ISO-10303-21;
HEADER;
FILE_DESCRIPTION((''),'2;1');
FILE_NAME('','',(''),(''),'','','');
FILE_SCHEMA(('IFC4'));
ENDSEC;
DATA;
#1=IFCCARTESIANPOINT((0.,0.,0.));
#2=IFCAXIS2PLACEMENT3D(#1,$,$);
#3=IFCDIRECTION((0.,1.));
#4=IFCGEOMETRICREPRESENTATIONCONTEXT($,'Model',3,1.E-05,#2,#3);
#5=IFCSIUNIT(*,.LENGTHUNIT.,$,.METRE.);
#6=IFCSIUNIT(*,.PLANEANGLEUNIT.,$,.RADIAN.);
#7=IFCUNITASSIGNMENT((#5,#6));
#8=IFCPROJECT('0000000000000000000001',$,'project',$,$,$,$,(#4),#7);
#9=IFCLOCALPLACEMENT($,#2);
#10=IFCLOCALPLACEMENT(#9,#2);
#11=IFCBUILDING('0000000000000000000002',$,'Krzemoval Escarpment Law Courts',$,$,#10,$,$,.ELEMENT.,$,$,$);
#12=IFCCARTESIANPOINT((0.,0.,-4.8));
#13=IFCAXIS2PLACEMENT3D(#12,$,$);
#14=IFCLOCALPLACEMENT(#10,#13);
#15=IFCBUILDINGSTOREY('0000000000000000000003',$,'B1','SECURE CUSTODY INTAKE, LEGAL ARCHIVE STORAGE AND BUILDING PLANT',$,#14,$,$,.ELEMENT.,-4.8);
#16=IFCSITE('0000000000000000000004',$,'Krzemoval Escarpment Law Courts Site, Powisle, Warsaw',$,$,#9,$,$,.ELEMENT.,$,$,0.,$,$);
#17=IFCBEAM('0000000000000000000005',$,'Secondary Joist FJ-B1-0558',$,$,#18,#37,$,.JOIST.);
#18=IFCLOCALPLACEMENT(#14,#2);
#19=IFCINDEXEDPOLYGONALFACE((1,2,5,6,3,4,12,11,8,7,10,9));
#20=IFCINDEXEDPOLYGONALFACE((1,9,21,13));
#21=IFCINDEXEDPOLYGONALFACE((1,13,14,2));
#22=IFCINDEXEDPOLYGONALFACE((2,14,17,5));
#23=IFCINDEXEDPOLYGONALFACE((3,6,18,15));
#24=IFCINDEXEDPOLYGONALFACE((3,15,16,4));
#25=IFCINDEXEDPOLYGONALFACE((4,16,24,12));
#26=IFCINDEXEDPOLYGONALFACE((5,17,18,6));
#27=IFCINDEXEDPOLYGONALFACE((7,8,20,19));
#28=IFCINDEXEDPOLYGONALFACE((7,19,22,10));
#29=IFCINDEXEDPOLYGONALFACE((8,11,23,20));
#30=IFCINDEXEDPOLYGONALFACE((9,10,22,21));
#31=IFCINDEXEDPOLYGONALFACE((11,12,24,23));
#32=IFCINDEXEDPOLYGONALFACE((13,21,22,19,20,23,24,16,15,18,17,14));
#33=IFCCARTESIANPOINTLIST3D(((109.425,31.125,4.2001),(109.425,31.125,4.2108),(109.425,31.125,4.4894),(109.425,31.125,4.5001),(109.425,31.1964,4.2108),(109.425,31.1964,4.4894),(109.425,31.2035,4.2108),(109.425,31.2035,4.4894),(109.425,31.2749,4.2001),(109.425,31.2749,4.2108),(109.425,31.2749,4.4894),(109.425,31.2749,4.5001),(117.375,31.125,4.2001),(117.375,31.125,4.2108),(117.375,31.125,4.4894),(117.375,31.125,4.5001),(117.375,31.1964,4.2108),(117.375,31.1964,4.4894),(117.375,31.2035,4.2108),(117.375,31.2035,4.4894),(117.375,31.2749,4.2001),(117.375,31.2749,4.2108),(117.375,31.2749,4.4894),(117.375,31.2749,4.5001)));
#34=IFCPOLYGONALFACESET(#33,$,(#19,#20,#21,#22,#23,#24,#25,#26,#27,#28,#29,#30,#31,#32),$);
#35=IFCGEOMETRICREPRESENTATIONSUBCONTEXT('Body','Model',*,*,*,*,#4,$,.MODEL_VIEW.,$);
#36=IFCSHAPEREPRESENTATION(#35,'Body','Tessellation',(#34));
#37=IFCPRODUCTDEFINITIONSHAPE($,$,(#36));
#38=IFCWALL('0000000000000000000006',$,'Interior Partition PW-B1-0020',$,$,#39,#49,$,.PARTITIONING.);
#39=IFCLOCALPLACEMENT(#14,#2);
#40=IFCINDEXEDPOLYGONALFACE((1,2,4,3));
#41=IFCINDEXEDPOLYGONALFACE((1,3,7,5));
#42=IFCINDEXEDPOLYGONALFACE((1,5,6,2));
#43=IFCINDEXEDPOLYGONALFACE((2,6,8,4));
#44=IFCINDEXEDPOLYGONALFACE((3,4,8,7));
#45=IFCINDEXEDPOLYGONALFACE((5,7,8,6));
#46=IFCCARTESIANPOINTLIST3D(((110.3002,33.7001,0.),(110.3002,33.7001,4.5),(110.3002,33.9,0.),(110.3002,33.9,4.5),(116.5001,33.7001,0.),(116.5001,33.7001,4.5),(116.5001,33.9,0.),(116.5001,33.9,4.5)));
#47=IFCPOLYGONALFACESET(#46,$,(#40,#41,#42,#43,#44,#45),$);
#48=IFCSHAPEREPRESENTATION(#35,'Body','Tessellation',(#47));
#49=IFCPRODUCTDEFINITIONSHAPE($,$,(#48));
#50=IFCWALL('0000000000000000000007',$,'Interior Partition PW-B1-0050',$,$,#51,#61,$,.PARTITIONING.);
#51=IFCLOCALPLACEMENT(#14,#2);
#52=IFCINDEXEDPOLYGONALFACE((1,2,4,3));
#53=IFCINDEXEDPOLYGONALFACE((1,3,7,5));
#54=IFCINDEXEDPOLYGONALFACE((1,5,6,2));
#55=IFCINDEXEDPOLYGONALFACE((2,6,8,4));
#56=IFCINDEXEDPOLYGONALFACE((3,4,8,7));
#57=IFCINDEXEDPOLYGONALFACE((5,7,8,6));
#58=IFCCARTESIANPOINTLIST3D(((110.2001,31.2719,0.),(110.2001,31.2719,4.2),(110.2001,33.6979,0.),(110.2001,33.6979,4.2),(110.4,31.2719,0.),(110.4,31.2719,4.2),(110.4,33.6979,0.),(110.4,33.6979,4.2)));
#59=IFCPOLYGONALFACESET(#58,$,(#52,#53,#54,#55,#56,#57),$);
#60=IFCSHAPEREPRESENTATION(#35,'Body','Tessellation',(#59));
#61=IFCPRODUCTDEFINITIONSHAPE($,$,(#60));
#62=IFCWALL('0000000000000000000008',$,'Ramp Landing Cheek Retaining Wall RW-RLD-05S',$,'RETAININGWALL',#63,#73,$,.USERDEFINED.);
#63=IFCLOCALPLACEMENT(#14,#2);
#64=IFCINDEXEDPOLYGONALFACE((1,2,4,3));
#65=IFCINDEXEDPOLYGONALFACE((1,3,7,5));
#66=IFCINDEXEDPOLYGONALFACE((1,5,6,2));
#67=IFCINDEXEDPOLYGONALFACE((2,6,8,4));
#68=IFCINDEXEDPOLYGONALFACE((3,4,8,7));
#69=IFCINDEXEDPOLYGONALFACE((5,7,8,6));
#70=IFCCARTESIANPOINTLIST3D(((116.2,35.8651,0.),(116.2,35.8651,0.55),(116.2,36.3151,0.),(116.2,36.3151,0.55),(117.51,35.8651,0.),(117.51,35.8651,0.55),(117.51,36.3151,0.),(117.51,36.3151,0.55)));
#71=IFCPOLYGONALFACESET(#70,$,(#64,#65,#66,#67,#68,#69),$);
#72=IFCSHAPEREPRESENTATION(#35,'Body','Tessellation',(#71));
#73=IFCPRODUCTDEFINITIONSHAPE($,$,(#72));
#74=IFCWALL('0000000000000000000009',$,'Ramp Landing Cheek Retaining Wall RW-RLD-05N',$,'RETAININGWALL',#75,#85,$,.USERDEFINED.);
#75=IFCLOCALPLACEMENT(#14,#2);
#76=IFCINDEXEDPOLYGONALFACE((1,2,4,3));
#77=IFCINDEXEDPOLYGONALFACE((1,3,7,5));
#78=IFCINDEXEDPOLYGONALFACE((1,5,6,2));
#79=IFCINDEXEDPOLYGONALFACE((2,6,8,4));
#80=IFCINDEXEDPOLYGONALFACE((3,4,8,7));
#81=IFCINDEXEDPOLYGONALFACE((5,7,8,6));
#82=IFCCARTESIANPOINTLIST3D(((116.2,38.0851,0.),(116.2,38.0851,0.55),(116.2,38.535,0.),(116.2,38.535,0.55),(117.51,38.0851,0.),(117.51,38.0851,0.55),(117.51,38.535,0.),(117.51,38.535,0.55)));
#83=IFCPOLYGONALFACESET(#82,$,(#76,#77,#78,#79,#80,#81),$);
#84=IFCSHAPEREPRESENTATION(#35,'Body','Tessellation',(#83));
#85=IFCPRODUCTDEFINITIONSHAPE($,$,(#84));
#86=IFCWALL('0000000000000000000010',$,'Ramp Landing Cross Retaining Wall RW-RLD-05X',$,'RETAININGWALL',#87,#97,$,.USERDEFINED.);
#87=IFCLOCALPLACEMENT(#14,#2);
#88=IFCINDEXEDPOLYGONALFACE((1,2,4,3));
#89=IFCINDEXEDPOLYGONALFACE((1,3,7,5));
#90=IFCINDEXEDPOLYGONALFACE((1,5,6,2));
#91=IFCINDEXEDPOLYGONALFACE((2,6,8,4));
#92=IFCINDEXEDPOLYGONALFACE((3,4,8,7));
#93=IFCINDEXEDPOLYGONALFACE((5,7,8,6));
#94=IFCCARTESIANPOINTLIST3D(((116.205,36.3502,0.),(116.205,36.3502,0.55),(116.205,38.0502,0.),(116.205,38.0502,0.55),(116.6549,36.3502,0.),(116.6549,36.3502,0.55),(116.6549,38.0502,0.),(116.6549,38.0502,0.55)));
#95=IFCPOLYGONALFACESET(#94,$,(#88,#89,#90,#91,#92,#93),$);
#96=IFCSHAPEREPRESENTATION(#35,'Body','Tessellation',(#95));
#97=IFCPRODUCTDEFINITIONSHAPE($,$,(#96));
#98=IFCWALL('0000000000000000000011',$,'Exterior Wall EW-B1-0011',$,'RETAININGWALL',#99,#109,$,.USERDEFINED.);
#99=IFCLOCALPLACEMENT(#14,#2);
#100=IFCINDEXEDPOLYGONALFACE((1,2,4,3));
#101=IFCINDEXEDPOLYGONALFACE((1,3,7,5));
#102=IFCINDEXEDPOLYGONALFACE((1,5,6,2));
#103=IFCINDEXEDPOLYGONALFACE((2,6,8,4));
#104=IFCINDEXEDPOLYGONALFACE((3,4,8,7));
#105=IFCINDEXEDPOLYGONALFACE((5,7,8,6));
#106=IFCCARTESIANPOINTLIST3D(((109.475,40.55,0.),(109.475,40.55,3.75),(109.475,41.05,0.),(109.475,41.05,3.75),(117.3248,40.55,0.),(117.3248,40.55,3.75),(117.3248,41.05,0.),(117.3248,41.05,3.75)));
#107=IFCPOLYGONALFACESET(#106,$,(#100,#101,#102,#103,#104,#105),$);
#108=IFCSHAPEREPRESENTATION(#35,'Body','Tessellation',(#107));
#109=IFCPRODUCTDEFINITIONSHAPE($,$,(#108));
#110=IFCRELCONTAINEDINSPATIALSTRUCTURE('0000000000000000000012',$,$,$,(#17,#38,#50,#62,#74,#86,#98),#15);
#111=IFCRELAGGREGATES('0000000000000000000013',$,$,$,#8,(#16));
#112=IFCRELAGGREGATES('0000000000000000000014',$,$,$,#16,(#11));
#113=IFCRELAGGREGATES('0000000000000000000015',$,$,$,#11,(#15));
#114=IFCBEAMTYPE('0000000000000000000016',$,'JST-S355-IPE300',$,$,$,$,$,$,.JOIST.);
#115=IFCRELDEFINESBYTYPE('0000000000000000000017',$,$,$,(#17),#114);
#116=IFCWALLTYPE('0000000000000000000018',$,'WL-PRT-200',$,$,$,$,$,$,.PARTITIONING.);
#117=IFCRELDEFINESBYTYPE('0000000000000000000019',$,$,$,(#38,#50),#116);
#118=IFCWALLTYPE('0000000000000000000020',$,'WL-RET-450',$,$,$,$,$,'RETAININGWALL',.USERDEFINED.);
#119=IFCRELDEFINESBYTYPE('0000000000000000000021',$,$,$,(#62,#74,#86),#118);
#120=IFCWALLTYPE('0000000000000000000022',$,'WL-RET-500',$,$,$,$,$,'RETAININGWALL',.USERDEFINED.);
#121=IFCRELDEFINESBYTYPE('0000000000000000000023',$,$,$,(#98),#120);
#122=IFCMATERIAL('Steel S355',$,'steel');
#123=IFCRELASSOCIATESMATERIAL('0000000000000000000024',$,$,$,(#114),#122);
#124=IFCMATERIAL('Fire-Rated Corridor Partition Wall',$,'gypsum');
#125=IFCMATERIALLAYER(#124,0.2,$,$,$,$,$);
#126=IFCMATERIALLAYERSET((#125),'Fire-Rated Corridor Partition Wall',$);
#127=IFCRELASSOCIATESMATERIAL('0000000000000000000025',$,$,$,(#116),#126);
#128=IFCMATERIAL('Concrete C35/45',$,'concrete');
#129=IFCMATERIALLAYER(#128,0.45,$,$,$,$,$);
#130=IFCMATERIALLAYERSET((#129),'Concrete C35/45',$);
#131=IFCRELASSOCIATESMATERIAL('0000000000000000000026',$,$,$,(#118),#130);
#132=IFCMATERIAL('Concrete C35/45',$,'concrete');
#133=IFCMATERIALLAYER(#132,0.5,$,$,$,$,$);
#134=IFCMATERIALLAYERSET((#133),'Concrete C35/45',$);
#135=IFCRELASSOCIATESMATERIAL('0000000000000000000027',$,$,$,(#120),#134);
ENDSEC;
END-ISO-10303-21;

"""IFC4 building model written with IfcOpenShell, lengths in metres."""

from ifc_helpers import new_model, si_unit, direction, frame, frame_2d, origin, origin_2d, place, context, subcontext, project, spatial, rectangle, i_section, extrude, material, layer, layer_set, material_profile, profile_set, type_object, element, save


model = new_model("IFC4")

# Units and contexts
model_context = context("Model", 3, precision=1e-05, world=origin(), true_north=direction((0.0, 1.0)))
body_context = subcontext(model_context, "Body", "Model", "MODEL_VIEW")
ifc_project = project(units=[si_unit("LENGTHUNIT", "METRE"), si_unit("PLANEANGLEUNIT", "RADIAN")], contexts=[model_context])

# Site, building, storey
site_placement = place(None, origin())
site = spatial("IfcSite", under=ifc_project, at=site_placement, Name="Krzemoval Escarpment Law Courts Site, Powisle, Warsaw", CompositionType="ELEMENT", RefElevation=0.0)
building_placement = place(site_placement, origin())
building = spatial("IfcBuilding", under=site, at=building_placement, Name="Krzemoval Escarpment Law Courts", CompositionType="ELEMENT")
storey_placement = place(building_placement, frame((0.0, 0.0, -4.8)))
storey = spatial("IfcBuildingStorey", under=building, at=storey_placement, Name="B1", Description="SECURE CUSTODY INTAKE, LEGAL ARCHIVE STORAGE AND BUILDING PLANT", CompositionType="ELEMENT", Elevation=-4.8)

# Beam
ifc_material_1 = material(Name="Steel S355", Category="steel")
ifc_material_profile_1 = material_profile(ifc_material_1, i_section(OverallWidth=0.1499, OverallDepth=0.3, WebThickness=0.0071, FlangeThickness=0.0107, at=origin_2d()), Name="IPE 300")
ifc_profile_set_1 = profile_set([ifc_material_profile_1], Name="Steel S355")
beam_type_1 = type_object("IfcBeamType", Name="JST-S355-IPE300", PredefinedType="JOIST", material=ifc_profile_set_1)
beam_1_placement = place(storey_placement, frame((109.425, 31.2, 4.3501), z_axis=(1.0, 0.0, 0.0), x_axis=(0.0, 1.0, 0.0)))
element("IfcBeam", 1, at=beam_1_placement, inside=storey, type_object=beam_type_1, Name="Secondary Joist FJ-B1-0558", PredefinedType="JOIST", context=body_context, shape_type="SweptSolid", body=[
    extrude(i_section(OverallWidth=0.1499, OverallDepth=0.3, WebThickness=0.0071, FlangeThickness=0.0107, at=origin_2d()), origin(), (0.0, 0.0, 1.0), 7.95),
])

# Walls
ifc_material_2 = material(Name="Fire-Rated Corridor Partition Wall", Category="gypsum")
ifc_layer_1 = layer(ifc_material_2, 0.2)
ifc_layer_set_1 = layer_set([ifc_layer_1], Name="Fire-Rated Corridor Partition Wall")
wall_type_1 = type_object("IfcWallType", Name="WL-PRT-200", PredefinedType="PARTITIONING", material=ifc_layer_set_1)
wall_1_placement = place(storey_placement, frame((110.3, 33.8, 0.0), z_axis=(0.0, 0.0, 1.0), x_axis=(1.0, 0.0, 0.0)))
element("IfcWall", 2, at=wall_1_placement, inside=storey, type_object=wall_type_1, Name="Interior Partition PW-B1-0020", PredefinedType="PARTITIONING", context=body_context, shape_type="SweptSolid", body=[
    extrude(rectangle(XDim=6.2, YDim=0.2, at=frame_2d((3.1001, 0.0))), origin(), (0.0, 0.0, 1.0), 4.5),
])
wall_2_placement = place(storey_placement, frame((110.3, 31.272, 0.0), z_axis=(0.0, 0.0, 1.0), x_axis=(0.0, 1.0, 0.0)))
element("IfcWall", 3, at=wall_2_placement, inside=storey, type_object=wall_type_1, Name="Interior Partition PW-B1-0050", PredefinedType="PARTITIONING", context=body_context, shape_type="SweptSolid", body=[
    extrude(rectangle(XDim=2.426, YDim=0.2, at=frame_2d((1.2129, 0.0))), origin(), (0.0, 0.0, 1.0), 4.2),
])
ifc_material_3 = material(Name="Concrete C35/45", Category="concrete")
ifc_layer_2 = layer(ifc_material_3, 0.45)
ifc_layer_set_2 = layer_set([ifc_layer_2], Name="Concrete C35/45")
wall_type_2 = type_object("IfcWallType", Name="WL-RET-450", ElementType="RETAININGWALL", PredefinedType="USERDEFINED", material=ifc_layer_set_2)
for number, where, z_axis, x_axis, name in (
    (4, (116.2, 36.0901, 0.0), (0.0, 0.0, 1.0), (1.0, 0.0, 0.0), "Ramp Landing Cheek Retaining Wall RW-RLD-05S"),
    (5, (116.2, 38.3101, 0.0), (0.0, 0.0, 1.0), (1.0, 0.0, 0.0), "Ramp Landing Cheek Retaining Wall RW-RLD-05N"),
):
    element("IfcWall", number, at=place(storey_placement, frame(where, z_axis=z_axis, x_axis=x_axis)), inside=storey, type_object=wall_type_2, Name=name, ObjectType="RETAININGWALL", PredefinedType="USERDEFINED", context=body_context, shape_type="SweptSolid", body=[
        extrude(rectangle(XDim=1.3101, YDim=0.45, at=frame_2d((0.655, 0.0))), origin(), (0.0, 0.0, 1.0), 0.55),
    ])
wall_3_placement = place(storey_placement, frame((116.4299, 36.3501, 0.0), z_axis=(0.0, 0.0, 1.0), x_axis=(0.0, 1.0, 0.0)))
element("IfcWall", 6, at=wall_3_placement, inside=storey, type_object=wall_type_2, Name="Ramp Landing Cross Retaining Wall RW-RLD-05X", ObjectType="RETAININGWALL", PredefinedType="USERDEFINED", context=body_context, shape_type="SweptSolid", body=[
    extrude(rectangle(XDim=1.7, YDim=0.45, at=frame_2d((0.8501, 0.0))), origin(), (0.0, 0.0, 1.0), 0.55),
])
ifc_material_4 = material(Name="Concrete C35/45", Category="concrete")
ifc_layer_3 = layer(ifc_material_4, 0.5)
ifc_layer_set_3 = layer_set([ifc_layer_3], Name="Concrete C35/45")
wall_type_3 = type_object("IfcWallType", Name="WL-RET-500", ElementType="RETAININGWALL", PredefinedType="USERDEFINED", material=ifc_layer_set_3)
wall_4_placement = place(storey_placement, frame((109.4751, 40.8, 0.0), z_axis=(0.0, 0.0, 1.0), x_axis=(1.0, 0.0, 0.0)))
element("IfcWall", 7, at=wall_4_placement, inside=storey, type_object=wall_type_3, Name="Exterior Wall EW-B1-0011", ObjectType="RETAININGWALL", PredefinedType="USERDEFINED", context=body_context, shape_type="SweptSolid", body=[
    extrude(rectangle(XDim=7.8499, YDim=0.5, at=frame_2d((3.9248, 0.0))), origin(), (0.0, 0.0, 1.0), 3.75),
])

save(model, "model.ifc")
